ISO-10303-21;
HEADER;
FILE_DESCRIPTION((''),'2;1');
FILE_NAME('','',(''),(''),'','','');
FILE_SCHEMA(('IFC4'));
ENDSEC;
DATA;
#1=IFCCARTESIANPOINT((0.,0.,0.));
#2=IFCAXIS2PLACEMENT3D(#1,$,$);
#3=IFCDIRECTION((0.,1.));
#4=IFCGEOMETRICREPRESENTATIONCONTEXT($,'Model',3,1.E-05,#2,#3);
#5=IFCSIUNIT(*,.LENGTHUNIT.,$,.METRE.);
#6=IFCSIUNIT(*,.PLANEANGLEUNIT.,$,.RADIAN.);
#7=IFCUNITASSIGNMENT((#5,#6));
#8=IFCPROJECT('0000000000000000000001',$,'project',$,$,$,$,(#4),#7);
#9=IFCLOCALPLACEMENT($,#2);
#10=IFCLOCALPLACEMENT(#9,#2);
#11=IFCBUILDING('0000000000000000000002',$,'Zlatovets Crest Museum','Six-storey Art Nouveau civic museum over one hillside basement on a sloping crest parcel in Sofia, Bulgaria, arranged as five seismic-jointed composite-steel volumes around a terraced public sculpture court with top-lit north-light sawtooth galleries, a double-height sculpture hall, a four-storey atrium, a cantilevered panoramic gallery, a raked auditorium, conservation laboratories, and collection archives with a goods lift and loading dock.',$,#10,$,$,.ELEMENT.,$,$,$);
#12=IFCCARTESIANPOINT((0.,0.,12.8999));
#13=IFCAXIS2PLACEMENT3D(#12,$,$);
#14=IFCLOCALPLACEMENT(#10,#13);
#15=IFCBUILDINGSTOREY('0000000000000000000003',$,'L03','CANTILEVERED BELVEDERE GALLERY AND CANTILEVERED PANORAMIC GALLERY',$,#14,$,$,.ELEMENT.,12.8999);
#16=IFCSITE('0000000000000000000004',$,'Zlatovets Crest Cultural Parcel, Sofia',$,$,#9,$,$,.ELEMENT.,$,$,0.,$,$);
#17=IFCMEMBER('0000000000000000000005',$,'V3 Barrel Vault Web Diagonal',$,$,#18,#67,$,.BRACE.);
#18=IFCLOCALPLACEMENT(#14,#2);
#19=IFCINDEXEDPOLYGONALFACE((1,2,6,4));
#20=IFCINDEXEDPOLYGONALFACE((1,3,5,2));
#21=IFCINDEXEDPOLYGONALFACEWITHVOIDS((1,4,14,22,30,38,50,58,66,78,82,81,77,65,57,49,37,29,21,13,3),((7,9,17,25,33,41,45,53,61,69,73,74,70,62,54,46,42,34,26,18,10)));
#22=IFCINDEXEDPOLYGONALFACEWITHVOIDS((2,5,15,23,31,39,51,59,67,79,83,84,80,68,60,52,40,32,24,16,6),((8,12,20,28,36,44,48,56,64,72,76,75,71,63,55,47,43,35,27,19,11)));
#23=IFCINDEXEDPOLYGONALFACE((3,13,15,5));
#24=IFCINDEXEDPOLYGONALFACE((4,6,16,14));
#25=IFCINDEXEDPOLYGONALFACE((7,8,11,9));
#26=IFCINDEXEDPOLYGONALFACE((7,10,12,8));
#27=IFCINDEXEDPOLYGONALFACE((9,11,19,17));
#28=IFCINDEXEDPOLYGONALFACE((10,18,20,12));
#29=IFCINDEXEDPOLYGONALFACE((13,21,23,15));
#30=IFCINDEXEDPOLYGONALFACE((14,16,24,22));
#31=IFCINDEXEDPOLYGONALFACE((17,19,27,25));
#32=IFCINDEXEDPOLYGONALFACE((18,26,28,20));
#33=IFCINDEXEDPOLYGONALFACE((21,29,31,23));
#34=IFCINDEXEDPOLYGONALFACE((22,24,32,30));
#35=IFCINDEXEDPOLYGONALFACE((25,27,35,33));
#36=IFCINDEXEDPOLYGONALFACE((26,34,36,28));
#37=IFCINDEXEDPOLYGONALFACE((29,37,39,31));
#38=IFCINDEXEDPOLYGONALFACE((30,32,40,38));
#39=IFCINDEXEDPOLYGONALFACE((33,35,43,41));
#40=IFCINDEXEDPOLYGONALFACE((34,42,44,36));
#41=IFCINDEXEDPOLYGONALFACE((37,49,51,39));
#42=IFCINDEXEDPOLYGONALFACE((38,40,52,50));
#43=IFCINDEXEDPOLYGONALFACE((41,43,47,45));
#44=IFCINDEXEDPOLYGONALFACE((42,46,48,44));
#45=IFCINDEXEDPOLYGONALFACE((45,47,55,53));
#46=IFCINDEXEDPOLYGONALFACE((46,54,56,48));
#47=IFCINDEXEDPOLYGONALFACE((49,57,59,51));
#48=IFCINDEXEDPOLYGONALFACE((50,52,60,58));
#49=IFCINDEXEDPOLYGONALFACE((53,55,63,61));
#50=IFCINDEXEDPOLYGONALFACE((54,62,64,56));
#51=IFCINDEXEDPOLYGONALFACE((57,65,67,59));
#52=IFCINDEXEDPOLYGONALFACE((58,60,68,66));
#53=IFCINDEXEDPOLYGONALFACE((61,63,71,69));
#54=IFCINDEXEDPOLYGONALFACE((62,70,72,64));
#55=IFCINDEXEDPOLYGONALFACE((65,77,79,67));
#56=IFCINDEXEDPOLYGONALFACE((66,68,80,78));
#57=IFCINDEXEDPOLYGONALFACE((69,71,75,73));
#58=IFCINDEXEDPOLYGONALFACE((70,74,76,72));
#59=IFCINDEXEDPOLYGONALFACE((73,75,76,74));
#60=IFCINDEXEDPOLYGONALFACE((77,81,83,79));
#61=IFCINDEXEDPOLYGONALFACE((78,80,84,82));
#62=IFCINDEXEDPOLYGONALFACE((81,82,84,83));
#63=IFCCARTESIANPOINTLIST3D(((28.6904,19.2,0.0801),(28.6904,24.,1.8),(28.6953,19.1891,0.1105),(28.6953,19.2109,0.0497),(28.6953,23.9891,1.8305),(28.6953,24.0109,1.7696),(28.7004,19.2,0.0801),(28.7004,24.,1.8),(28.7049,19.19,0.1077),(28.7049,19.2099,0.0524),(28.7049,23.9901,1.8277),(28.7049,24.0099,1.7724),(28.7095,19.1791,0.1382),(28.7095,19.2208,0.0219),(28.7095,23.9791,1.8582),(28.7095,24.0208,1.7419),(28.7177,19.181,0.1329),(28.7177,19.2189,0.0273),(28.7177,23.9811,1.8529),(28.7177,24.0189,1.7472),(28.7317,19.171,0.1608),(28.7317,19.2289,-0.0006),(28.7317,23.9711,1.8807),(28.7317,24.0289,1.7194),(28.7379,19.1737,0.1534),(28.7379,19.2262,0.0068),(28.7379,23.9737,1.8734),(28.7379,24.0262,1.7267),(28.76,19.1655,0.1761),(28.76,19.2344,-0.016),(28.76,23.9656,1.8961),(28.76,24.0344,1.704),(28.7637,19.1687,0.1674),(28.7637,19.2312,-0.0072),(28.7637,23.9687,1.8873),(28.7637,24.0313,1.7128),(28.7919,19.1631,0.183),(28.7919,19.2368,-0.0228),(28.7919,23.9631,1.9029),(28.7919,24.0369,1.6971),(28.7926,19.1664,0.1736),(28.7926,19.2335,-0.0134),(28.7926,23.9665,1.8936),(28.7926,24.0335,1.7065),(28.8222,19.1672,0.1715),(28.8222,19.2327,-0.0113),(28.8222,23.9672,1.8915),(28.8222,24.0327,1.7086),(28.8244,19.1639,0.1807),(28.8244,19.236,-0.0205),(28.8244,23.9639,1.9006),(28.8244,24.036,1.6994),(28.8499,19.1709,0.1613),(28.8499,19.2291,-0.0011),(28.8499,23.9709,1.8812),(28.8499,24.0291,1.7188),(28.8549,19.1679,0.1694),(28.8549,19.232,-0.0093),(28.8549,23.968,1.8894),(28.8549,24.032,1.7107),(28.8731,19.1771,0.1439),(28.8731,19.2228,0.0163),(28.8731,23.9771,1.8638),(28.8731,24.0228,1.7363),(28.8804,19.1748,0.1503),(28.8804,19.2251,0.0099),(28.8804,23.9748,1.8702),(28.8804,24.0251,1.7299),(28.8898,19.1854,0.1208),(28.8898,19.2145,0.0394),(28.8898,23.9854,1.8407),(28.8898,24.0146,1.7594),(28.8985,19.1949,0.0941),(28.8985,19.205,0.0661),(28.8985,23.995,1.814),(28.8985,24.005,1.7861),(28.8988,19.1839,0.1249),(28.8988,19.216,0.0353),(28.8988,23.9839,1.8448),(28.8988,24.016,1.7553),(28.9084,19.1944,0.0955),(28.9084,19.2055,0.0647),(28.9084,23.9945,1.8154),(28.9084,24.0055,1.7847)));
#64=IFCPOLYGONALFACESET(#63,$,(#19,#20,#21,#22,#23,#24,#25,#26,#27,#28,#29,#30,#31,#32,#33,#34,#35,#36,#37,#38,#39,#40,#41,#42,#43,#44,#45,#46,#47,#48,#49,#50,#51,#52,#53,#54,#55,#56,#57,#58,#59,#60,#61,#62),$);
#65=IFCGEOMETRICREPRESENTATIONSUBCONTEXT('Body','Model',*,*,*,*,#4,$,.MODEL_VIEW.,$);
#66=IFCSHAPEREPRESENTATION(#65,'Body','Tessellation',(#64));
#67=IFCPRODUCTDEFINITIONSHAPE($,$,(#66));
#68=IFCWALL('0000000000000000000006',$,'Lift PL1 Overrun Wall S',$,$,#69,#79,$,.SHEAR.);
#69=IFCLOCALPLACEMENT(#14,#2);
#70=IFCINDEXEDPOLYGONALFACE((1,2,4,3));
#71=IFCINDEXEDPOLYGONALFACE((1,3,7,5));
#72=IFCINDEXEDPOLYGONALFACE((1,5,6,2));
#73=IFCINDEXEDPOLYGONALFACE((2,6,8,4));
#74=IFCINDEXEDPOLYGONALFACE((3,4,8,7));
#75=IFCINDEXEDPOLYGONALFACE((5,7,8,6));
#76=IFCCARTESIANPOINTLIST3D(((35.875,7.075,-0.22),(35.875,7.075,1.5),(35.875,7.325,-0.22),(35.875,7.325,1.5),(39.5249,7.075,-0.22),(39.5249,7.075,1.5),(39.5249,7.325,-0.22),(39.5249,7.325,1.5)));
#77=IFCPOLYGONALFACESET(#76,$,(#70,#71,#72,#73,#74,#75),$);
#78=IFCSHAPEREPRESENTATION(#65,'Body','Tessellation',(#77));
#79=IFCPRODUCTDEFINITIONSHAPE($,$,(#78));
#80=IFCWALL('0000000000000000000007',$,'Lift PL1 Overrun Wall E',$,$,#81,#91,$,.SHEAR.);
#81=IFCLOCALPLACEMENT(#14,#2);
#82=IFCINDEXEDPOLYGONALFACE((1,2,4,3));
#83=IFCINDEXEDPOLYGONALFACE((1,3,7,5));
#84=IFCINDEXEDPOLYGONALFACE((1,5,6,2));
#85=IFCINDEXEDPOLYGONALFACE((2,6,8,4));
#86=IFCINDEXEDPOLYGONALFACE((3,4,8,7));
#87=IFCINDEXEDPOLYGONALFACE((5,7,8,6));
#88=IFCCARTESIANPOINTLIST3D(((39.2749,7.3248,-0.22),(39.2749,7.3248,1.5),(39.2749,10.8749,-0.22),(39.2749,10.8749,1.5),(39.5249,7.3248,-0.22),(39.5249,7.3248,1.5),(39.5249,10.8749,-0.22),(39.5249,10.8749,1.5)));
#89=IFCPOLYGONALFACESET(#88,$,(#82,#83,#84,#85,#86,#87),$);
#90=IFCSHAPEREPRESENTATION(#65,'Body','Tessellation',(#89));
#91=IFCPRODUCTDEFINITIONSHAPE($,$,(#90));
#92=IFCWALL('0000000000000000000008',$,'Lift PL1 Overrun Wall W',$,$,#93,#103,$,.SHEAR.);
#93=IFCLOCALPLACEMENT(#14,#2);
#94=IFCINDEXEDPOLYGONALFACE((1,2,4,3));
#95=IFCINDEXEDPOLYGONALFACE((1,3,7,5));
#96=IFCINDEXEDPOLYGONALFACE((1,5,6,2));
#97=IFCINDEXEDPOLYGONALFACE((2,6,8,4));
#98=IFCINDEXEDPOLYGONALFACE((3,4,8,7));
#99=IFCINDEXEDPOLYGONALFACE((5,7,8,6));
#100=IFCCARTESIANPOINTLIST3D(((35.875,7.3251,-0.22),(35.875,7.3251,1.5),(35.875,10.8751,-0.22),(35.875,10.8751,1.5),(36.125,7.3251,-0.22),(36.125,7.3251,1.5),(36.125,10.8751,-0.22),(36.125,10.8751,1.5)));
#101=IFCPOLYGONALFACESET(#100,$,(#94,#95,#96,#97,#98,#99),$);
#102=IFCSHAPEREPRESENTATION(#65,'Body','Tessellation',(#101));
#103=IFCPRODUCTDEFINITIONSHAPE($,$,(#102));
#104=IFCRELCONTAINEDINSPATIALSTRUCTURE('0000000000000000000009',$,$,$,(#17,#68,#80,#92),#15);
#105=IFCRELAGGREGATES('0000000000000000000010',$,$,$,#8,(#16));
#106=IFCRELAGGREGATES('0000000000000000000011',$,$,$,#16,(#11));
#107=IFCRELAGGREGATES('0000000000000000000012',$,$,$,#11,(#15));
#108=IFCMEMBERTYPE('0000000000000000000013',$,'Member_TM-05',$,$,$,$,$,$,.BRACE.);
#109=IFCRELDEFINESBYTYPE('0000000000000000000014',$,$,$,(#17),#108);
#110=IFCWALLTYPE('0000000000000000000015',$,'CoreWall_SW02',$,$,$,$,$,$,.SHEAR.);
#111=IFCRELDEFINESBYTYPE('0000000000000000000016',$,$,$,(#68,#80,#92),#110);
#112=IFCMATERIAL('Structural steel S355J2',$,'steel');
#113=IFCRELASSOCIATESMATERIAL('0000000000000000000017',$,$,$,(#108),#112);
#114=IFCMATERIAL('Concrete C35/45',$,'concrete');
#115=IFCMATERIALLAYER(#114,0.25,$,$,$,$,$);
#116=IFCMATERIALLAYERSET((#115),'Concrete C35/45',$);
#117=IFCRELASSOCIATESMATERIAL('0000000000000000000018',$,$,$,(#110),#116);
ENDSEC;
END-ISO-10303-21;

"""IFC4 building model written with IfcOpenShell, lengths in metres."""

from ifc_helpers import new_model, si_unit, direction, frame, frame_2d, origin, origin_2d, place, context, subcontext, project, spatial, rectangle, hollow_circle, extrude, material, layer, layer_set, material_profile, profile_set, type_object, element, save


model = new_model("IFC4")

# Units and contexts
model_context = context("Model", 3, precision=1e-05, world=origin(), true_north=direction((0.0, 1.0)))
body_context = subcontext(model_context, "Body", "Model", "MODEL_VIEW")
ifc_project = project(units=[si_unit("LENGTHUNIT", "METRE"), si_unit("PLANEANGLEUNIT", "RADIAN")], contexts=[model_context])

# Site, building, storey
site_placement = place(None, origin())
site = spatial("IfcSite", under=ifc_project, at=site_placement, Name="Zlatovets Crest Cultural Parcel, Sofia", CompositionType="ELEMENT", RefElevation=0.0)
building_placement = place(site_placement, origin())
building = spatial("IfcBuilding", under=site, at=building_placement, Name="Zlatovets Crest Museum", Description="Six-storey Art Nouveau civic museum over one hillside basement on a sloping crest parcel in Sofia, Bulgaria, arranged as five seismic-jointed composite-steel volumes around a terraced public sculpture court with top-lit north-light sawtooth galleries, a double-height sculpture hall, a four-storey atrium, a cantilevered panoramic gallery, a raked auditorium, conservation laboratories, and collection archives with a goods lift and loading dock.", CompositionType="ELEMENT")
storey_placement = place(building_placement, frame((0.0, 0.0, 12.8999)))
storey = spatial("IfcBuildingStorey", under=building, at=storey_placement, Name="L03", Description="CANTILEVERED BELVEDERE GALLERY AND CANTILEVERED PANORAMIC GALLERY", CompositionType="ELEMENT", Elevation=12.8999)

# Shared definitions
ifc_material_1 = material(Name="Structural steel S355J2", Category="steel")

# Member
ifc_material_profile_1 = material_profile(ifc_material_1, hollow_circle(Radius=0.1096, WallThickness=0.01, at=origin_2d()), Name="CHS 219.1x10.0")
ifc_profile_set_1 = profile_set([ifc_material_profile_1], Name="Structural steel S355J2")
member_type_1 = type_object("IfcMemberType", Name="Member_TM-05", PredefinedType="BRACE", material=ifc_profile_set_1)
member_1_placement = place(storey_placement, frame((28.8, 19.2, 0.0801), z_axis=(0.0, 0.941389, 0.337322), x_axis=(-1.0, 0.0, 0.0)))
element("IfcMember", 1, at=member_1_placement, inside=storey, type_object=member_type_1, Name="V3 Barrel Vault Web Diagonal", PredefinedType="BRACE", context=body_context, shape_type="SweptSolid", body=[
    extrude(hollow_circle(Radius=0.1096, WallThickness=0.01, at=origin_2d()), origin(), (0.0, 0.0, 1.0), 5.0989),
])

# Walls
ifc_material_2 = material(Name="Concrete C35/45", Category="concrete")
ifc_layer = layer(ifc_material_2, 0.25)
ifc_layer_set = layer_set([ifc_layer], Name="Concrete C35/45")
wall_type = type_object("IfcWallType", Name="CoreWall_SW02", PredefinedType="SHEAR", material=ifc_layer_set)
wall_placement = place(storey_placement, frame((35.875, 7.2, -0.22), z_axis=(0.0, 0.0, 1.0), x_axis=(1.0, 0.0, 0.0)))
element("IfcWall", 2, at=wall_placement, inside=storey, type_object=wall_type, Name="Lift PL1 Overrun Wall S", PredefinedType="SHEAR", context=body_context, shape_type="SweptSolid", body=[
    extrude(rectangle(XDim=3.6499, YDim=0.25, at=frame_2d((1.825, 0.0))), origin(), (0.0, 0.0, 1.0), 1.72),
])
for number, where, z_axis, x_axis, name in (
    (3, (39.3999, 7.325, -0.22), (0.0, 0.0, 1.0), (0.0, 1.0, 0.0), "Lift PL1 Overrun Wall E"),
    (4, (36.0, 10.875, -0.22), (0.0, 0.0, 1.0), (0.0, -1.0, 0.0), "Lift PL1 Overrun Wall W"),
):
    element("IfcWall", number, at=place(storey_placement, frame(where, z_axis=z_axis, x_axis=x_axis)), inside=storey, type_object=wall_type, Name=name, PredefinedType="SHEAR", context=body_context, shape_type="SweptSolid", body=[
        extrude(rectangle(XDim=3.55, YDim=0.25, at=frame_2d((1.7749, 0.0))), origin(), (0.0, 0.0, 1.0), 1.72),
    ])

save(model, "model.ifc")
